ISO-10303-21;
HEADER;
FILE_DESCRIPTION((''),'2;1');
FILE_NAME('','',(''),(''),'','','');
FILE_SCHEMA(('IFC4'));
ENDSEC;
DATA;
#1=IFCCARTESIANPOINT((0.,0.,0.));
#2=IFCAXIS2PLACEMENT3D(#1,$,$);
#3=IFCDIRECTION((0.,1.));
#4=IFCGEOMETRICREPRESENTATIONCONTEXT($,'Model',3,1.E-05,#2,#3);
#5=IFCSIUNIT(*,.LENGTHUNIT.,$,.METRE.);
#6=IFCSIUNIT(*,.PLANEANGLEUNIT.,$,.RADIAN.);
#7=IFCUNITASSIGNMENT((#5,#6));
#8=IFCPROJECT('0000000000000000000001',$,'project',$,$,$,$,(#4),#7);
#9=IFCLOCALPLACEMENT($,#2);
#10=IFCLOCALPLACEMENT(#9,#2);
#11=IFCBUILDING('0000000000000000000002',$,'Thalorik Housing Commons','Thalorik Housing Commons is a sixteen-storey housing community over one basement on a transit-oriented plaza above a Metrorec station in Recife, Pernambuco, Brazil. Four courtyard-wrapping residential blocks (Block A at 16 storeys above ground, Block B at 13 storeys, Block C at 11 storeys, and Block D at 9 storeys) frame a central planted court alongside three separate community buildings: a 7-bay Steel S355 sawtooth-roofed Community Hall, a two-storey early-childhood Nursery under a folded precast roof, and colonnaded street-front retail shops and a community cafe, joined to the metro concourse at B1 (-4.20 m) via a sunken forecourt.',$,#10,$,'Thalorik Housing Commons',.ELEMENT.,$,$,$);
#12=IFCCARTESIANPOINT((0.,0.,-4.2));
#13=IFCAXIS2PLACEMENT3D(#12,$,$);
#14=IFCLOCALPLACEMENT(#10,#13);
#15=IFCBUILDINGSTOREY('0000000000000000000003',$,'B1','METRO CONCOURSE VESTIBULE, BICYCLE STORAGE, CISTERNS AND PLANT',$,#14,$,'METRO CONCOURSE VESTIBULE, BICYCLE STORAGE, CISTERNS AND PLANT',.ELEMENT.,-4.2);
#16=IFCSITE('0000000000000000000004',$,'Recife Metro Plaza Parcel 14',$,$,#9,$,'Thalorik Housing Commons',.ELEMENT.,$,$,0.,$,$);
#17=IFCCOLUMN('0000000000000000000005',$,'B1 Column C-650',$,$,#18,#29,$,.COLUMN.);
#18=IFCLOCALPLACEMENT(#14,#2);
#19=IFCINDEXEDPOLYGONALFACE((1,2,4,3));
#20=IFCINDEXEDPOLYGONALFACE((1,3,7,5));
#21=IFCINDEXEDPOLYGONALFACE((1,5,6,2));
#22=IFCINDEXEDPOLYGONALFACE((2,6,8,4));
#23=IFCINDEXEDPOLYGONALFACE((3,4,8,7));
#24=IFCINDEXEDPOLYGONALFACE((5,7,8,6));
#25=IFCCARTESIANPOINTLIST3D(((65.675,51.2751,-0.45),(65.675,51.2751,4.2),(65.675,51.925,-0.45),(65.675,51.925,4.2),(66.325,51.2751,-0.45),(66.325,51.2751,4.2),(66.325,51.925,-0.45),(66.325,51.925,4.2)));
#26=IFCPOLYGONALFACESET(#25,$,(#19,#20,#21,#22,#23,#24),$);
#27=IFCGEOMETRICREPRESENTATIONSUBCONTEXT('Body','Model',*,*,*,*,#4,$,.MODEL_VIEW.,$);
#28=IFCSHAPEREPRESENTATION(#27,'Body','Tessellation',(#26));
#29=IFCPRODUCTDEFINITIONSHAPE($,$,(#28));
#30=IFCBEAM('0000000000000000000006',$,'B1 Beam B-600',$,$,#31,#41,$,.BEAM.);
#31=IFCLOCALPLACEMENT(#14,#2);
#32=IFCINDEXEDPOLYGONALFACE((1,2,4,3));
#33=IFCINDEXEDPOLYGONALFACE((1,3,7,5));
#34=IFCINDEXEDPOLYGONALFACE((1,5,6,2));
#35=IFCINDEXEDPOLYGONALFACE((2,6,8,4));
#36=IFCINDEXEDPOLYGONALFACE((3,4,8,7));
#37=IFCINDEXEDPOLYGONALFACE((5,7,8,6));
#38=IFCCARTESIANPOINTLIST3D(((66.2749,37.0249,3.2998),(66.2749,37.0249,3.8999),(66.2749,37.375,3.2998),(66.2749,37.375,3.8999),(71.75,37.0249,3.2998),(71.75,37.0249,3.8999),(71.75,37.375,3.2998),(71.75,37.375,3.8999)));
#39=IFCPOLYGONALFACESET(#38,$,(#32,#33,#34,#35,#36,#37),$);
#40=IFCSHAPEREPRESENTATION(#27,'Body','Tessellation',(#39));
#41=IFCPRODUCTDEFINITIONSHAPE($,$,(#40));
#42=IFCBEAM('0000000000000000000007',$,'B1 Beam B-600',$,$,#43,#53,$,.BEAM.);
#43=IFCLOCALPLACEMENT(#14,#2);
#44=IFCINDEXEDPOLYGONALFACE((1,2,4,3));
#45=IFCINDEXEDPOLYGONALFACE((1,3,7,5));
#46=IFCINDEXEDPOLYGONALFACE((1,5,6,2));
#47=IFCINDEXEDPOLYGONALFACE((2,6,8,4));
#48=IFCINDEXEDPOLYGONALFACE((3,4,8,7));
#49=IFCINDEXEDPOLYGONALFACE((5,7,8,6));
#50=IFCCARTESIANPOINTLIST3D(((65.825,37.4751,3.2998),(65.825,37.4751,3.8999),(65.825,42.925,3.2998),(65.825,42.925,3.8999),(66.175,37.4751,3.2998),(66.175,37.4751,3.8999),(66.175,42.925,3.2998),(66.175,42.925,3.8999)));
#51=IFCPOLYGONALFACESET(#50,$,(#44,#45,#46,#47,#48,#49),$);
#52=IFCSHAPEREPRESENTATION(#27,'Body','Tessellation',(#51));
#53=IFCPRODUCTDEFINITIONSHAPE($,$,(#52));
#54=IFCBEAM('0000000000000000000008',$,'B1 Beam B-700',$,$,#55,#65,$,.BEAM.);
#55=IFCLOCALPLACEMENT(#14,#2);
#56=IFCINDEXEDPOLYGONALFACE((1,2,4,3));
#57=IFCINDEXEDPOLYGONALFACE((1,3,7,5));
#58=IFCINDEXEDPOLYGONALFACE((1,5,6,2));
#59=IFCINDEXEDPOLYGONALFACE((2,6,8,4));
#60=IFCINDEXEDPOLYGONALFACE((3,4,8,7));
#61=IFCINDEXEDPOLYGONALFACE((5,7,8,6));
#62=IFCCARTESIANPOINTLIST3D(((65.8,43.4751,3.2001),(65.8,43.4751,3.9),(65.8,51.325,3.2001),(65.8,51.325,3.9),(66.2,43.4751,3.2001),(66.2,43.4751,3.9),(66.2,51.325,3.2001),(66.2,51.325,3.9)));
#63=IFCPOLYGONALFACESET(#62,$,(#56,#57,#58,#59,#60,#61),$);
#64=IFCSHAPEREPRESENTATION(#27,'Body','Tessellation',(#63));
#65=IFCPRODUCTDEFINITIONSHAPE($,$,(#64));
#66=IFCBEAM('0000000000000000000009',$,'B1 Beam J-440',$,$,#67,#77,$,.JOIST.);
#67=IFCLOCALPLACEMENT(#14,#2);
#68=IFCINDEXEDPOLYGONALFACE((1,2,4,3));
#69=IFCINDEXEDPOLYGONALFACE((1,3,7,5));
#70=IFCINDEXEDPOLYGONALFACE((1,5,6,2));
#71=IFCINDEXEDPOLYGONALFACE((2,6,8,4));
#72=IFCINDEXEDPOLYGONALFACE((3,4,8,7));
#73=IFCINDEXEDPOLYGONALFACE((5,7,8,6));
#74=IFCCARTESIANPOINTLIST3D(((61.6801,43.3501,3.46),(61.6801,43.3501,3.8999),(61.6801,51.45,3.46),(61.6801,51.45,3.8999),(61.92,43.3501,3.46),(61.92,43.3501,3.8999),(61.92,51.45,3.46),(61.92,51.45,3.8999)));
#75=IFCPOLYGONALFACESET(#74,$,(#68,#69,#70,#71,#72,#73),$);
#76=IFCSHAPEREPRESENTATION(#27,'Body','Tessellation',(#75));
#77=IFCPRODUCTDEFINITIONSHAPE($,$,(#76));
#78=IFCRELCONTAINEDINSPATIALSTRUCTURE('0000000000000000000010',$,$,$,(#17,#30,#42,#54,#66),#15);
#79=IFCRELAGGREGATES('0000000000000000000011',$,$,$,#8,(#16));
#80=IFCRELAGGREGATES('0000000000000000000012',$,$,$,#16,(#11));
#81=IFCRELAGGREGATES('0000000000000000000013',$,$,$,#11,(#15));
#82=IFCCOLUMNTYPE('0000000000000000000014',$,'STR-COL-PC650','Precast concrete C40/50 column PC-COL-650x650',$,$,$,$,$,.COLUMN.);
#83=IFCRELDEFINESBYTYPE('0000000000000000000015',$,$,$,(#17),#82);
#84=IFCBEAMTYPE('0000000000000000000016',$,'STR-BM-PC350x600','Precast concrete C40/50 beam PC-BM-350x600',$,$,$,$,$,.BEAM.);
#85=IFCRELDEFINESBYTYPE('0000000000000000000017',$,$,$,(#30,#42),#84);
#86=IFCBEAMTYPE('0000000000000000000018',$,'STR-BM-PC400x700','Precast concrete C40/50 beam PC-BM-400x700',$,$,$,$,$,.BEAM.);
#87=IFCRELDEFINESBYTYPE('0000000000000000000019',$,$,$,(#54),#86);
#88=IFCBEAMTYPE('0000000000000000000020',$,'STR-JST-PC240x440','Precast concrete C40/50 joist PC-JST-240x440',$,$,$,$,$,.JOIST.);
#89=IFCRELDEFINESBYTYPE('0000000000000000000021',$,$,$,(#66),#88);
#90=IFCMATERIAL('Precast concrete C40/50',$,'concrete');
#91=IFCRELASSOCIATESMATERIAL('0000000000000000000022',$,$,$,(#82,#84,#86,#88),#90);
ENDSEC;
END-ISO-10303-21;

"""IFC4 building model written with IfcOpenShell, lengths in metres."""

from ifc_helpers import new_model, si_unit, direction, frame, origin, origin_2d, place, context, subcontext, project, spatial, rectangle, extrude, material, material_profile, profile_set, type_object, element, save


model = new_model("IFC4")

# Units and contexts
model_context = context("Model", 3, precision=1e-05, world=origin(), true_north=direction((0.0, 1.0)))
body_context = subcontext(model_context, "Body", "Model", "MODEL_VIEW")
ifc_project = project(units=[si_unit("LENGTHUNIT", "METRE"), si_unit("PLANEANGLEUNIT", "RADIAN")], contexts=[model_context])

# Site, building, storey
site_placement = place(None, origin())
site = spatial("IfcSite", under=ifc_project, at=site_placement, Name="Recife Metro Plaza Parcel 14", LongName="Thalorik Housing Commons", CompositionType="ELEMENT", RefElevation=0.0)
building_placement = place(site_placement, origin())
building = spatial("IfcBuilding", under=site, at=building_placement, Name="Thalorik Housing Commons", Description="Thalorik Housing Commons is a sixteen-storey housing community over one basement on a transit-oriented plaza above a Metrorec station in Recife, Pernambuco, Brazil. Four courtyard-wrapping residential blocks (Block A at 16 storeys above ground, Block B at 13 storeys, Block C at 11 storeys, and Block D at 9 storeys) frame a central planted court alongside three separate community buildings: a 7-bay Steel S355 sawtooth-roofed Community Hall, a two-storey early-childhood Nursery under a folded precast roof, and colonnaded street-front retail shops and a community cafe, joined to the metro concourse at B1 (-4.20 m) via a sunken forecourt.", LongName="Thalorik Housing Commons", CompositionType="ELEMENT")
storey_placement = place(building_placement, frame((0.0, 0.0, -4.2)))
storey = spatial("IfcBuildingStorey", under=building, at=storey_placement, Name="B1", Description="METRO CONCOURSE VESTIBULE, BICYCLE STORAGE, CISTERNS AND PLANT", LongName="METRO CONCOURSE VESTIBULE, BICYCLE STORAGE, CISTERNS AND PLANT", CompositionType="ELEMENT", Elevation=-4.2)

# Column
ifc_material_1 = material(Name="Precast concrete C40/50", Category="concrete")
ifc_material_profile_1 = material_profile(ifc_material_1, rectangle(XDim=0.6499, YDim=0.6499, at=origin_2d()), Name="PC 650x650", Category="concrete")
ifc_profile_set_1 = profile_set([ifc_material_profile_1], Name="Precast concrete C40/50")
column_type_1 = type_object("IfcColumnType", Name="STR-COL-PC650", Description="Precast concrete C40/50 column PC-COL-650x650", PredefinedType="COLUMN", material=ifc_profile_set_1)
for number, where, z_axis, x_axis, name in (
    (1, (66.0, 51.6001, -0.45), (0.0, 0.0, 1.0), (1.0, 0.0, 0.0), "B1 Column C-650"),
):
    element("IfcColumn", number, at=place(storey_placement, frame(where, z_axis=z_axis, x_axis=x_axis)), inside=storey, type_object=column_type_1, Name=name, PredefinedType="COLUMN", context=body_context, shape_type="SweptSolid", body=[
        extrude(rectangle(XDim=0.6499, YDim=0.6499, at=origin_2d()), origin(), (0.0, 0.0, 1.0), 4.6499),
    ])

# Beams
ifc_material_profile_2 = material_profile(ifc_material_1, rectangle(XDim=0.3501, YDim=0.6001, at=origin_2d()), Name="PC 350x600", Category="concrete")
ifc_profile_set_2 = profile_set([ifc_material_profile_2], Name="Precast concrete C40/50")
beam_type_1 = type_object("IfcBeamType", Name="STR-BM-PC350x600", Description="Precast concrete C40/50 beam PC-BM-350x600", PredefinedType="BEAM", material=ifc_profile_set_2)
beam_1_placement = place(storey_placement, frame((66.2749, 37.2, 3.5999), z_axis=(1.0, 0.0, 0.0), x_axis=(0.0, 1.0, 0.0)))
element("IfcBeam", 2, at=beam_1_placement, inside=storey, type_object=beam_type_1, Name="B1 Beam B-600", PredefinedType="BEAM", context=body_context, shape_type="SweptSolid", body=[
    extrude(rectangle(XDim=0.3501, YDim=0.6001, at=origin_2d()), origin(), (0.0, 0.0, 1.0), 5.4751),
])
beam_2_placement = place(storey_placement, frame((66.0, 37.4751, 3.5999), z_axis=(0.0, 1.0, 0.0), x_axis=(-1.0, 0.0, 0.0)))
element("IfcBeam", 3, at=beam_2_placement, inside=storey, type_object=beam_type_1, Name="B1 Beam B-600", PredefinedType="BEAM", context=body_context, shape_type="SweptSolid", body=[
    extrude(rectangle(XDim=0.3501, YDim=0.6001, at=origin_2d()), origin(), (0.0, 0.0, 1.0), 5.45),
])
ifc_material_profile_3 = material_profile(ifc_material_1, rectangle(XDim=0.3999, YDim=0.7, at=origin_2d()), Name="PC 400x700", Category="concrete")
ifc_profile_set_3 = profile_set([ifc_material_profile_3], Name="Precast concrete C40/50")
beam_type_2 = type_object("IfcBeamType", Name="STR-BM-PC400x700", Description="Precast concrete C40/50 beam PC-BM-400x700", PredefinedType="BEAM", material=ifc_profile_set_3)
beam_3_placement = place(storey_placement, frame((66.0, 43.4751, 3.55), z_axis=(0.0, 1.0, 0.0), x_axis=(-1.0, 0.0, 0.0)))
element("IfcBeam", 4, at=beam_3_placement, inside=storey, type_object=beam_type_2, Name="B1 Beam B-700", PredefinedType="BEAM", context=body_context, shape_type="SweptSolid", body=[
    extrude(rectangle(XDim=0.3999, YDim=0.7, at=origin_2d()), origin(), (0.0, 0.0, 1.0), 7.8499),
])
ifc_material_profile_4 = material_profile(ifc_material_1, rectangle(XDim=0.24, YDim=0.4399, at=origin_2d()), Name="PC JST 240x440", Category="concrete")
ifc_profile_set_4 = profile_set([ifc_material_profile_4], Name="Precast concrete C40/50")
beam_type_3 = type_object("IfcBeamType", Name="STR-JST-PC240x440", Description="Precast concrete C40/50 joist PC-JST-240x440", PredefinedType="JOIST", material=ifc_profile_set_4)
beam_4_placement = place(storey_placement, frame((61.8, 43.3501, 3.6799), z_axis=(0.0, 1.0, 0.0), x_axis=(-1.0, 0.0, 0.0)))
element("IfcBeam", 5, at=beam_4_placement, inside=storey, type_object=beam_type_3, Name="B1 Beam J-440", PredefinedType="JOIST", context=body_context, shape_type="SweptSolid", body=[
    extrude(rectangle(XDim=0.24, YDim=0.4399, at=origin_2d()), origin(), (0.0, 0.0, 1.0), 8.0999),
])

save(model, "model.ifc")
